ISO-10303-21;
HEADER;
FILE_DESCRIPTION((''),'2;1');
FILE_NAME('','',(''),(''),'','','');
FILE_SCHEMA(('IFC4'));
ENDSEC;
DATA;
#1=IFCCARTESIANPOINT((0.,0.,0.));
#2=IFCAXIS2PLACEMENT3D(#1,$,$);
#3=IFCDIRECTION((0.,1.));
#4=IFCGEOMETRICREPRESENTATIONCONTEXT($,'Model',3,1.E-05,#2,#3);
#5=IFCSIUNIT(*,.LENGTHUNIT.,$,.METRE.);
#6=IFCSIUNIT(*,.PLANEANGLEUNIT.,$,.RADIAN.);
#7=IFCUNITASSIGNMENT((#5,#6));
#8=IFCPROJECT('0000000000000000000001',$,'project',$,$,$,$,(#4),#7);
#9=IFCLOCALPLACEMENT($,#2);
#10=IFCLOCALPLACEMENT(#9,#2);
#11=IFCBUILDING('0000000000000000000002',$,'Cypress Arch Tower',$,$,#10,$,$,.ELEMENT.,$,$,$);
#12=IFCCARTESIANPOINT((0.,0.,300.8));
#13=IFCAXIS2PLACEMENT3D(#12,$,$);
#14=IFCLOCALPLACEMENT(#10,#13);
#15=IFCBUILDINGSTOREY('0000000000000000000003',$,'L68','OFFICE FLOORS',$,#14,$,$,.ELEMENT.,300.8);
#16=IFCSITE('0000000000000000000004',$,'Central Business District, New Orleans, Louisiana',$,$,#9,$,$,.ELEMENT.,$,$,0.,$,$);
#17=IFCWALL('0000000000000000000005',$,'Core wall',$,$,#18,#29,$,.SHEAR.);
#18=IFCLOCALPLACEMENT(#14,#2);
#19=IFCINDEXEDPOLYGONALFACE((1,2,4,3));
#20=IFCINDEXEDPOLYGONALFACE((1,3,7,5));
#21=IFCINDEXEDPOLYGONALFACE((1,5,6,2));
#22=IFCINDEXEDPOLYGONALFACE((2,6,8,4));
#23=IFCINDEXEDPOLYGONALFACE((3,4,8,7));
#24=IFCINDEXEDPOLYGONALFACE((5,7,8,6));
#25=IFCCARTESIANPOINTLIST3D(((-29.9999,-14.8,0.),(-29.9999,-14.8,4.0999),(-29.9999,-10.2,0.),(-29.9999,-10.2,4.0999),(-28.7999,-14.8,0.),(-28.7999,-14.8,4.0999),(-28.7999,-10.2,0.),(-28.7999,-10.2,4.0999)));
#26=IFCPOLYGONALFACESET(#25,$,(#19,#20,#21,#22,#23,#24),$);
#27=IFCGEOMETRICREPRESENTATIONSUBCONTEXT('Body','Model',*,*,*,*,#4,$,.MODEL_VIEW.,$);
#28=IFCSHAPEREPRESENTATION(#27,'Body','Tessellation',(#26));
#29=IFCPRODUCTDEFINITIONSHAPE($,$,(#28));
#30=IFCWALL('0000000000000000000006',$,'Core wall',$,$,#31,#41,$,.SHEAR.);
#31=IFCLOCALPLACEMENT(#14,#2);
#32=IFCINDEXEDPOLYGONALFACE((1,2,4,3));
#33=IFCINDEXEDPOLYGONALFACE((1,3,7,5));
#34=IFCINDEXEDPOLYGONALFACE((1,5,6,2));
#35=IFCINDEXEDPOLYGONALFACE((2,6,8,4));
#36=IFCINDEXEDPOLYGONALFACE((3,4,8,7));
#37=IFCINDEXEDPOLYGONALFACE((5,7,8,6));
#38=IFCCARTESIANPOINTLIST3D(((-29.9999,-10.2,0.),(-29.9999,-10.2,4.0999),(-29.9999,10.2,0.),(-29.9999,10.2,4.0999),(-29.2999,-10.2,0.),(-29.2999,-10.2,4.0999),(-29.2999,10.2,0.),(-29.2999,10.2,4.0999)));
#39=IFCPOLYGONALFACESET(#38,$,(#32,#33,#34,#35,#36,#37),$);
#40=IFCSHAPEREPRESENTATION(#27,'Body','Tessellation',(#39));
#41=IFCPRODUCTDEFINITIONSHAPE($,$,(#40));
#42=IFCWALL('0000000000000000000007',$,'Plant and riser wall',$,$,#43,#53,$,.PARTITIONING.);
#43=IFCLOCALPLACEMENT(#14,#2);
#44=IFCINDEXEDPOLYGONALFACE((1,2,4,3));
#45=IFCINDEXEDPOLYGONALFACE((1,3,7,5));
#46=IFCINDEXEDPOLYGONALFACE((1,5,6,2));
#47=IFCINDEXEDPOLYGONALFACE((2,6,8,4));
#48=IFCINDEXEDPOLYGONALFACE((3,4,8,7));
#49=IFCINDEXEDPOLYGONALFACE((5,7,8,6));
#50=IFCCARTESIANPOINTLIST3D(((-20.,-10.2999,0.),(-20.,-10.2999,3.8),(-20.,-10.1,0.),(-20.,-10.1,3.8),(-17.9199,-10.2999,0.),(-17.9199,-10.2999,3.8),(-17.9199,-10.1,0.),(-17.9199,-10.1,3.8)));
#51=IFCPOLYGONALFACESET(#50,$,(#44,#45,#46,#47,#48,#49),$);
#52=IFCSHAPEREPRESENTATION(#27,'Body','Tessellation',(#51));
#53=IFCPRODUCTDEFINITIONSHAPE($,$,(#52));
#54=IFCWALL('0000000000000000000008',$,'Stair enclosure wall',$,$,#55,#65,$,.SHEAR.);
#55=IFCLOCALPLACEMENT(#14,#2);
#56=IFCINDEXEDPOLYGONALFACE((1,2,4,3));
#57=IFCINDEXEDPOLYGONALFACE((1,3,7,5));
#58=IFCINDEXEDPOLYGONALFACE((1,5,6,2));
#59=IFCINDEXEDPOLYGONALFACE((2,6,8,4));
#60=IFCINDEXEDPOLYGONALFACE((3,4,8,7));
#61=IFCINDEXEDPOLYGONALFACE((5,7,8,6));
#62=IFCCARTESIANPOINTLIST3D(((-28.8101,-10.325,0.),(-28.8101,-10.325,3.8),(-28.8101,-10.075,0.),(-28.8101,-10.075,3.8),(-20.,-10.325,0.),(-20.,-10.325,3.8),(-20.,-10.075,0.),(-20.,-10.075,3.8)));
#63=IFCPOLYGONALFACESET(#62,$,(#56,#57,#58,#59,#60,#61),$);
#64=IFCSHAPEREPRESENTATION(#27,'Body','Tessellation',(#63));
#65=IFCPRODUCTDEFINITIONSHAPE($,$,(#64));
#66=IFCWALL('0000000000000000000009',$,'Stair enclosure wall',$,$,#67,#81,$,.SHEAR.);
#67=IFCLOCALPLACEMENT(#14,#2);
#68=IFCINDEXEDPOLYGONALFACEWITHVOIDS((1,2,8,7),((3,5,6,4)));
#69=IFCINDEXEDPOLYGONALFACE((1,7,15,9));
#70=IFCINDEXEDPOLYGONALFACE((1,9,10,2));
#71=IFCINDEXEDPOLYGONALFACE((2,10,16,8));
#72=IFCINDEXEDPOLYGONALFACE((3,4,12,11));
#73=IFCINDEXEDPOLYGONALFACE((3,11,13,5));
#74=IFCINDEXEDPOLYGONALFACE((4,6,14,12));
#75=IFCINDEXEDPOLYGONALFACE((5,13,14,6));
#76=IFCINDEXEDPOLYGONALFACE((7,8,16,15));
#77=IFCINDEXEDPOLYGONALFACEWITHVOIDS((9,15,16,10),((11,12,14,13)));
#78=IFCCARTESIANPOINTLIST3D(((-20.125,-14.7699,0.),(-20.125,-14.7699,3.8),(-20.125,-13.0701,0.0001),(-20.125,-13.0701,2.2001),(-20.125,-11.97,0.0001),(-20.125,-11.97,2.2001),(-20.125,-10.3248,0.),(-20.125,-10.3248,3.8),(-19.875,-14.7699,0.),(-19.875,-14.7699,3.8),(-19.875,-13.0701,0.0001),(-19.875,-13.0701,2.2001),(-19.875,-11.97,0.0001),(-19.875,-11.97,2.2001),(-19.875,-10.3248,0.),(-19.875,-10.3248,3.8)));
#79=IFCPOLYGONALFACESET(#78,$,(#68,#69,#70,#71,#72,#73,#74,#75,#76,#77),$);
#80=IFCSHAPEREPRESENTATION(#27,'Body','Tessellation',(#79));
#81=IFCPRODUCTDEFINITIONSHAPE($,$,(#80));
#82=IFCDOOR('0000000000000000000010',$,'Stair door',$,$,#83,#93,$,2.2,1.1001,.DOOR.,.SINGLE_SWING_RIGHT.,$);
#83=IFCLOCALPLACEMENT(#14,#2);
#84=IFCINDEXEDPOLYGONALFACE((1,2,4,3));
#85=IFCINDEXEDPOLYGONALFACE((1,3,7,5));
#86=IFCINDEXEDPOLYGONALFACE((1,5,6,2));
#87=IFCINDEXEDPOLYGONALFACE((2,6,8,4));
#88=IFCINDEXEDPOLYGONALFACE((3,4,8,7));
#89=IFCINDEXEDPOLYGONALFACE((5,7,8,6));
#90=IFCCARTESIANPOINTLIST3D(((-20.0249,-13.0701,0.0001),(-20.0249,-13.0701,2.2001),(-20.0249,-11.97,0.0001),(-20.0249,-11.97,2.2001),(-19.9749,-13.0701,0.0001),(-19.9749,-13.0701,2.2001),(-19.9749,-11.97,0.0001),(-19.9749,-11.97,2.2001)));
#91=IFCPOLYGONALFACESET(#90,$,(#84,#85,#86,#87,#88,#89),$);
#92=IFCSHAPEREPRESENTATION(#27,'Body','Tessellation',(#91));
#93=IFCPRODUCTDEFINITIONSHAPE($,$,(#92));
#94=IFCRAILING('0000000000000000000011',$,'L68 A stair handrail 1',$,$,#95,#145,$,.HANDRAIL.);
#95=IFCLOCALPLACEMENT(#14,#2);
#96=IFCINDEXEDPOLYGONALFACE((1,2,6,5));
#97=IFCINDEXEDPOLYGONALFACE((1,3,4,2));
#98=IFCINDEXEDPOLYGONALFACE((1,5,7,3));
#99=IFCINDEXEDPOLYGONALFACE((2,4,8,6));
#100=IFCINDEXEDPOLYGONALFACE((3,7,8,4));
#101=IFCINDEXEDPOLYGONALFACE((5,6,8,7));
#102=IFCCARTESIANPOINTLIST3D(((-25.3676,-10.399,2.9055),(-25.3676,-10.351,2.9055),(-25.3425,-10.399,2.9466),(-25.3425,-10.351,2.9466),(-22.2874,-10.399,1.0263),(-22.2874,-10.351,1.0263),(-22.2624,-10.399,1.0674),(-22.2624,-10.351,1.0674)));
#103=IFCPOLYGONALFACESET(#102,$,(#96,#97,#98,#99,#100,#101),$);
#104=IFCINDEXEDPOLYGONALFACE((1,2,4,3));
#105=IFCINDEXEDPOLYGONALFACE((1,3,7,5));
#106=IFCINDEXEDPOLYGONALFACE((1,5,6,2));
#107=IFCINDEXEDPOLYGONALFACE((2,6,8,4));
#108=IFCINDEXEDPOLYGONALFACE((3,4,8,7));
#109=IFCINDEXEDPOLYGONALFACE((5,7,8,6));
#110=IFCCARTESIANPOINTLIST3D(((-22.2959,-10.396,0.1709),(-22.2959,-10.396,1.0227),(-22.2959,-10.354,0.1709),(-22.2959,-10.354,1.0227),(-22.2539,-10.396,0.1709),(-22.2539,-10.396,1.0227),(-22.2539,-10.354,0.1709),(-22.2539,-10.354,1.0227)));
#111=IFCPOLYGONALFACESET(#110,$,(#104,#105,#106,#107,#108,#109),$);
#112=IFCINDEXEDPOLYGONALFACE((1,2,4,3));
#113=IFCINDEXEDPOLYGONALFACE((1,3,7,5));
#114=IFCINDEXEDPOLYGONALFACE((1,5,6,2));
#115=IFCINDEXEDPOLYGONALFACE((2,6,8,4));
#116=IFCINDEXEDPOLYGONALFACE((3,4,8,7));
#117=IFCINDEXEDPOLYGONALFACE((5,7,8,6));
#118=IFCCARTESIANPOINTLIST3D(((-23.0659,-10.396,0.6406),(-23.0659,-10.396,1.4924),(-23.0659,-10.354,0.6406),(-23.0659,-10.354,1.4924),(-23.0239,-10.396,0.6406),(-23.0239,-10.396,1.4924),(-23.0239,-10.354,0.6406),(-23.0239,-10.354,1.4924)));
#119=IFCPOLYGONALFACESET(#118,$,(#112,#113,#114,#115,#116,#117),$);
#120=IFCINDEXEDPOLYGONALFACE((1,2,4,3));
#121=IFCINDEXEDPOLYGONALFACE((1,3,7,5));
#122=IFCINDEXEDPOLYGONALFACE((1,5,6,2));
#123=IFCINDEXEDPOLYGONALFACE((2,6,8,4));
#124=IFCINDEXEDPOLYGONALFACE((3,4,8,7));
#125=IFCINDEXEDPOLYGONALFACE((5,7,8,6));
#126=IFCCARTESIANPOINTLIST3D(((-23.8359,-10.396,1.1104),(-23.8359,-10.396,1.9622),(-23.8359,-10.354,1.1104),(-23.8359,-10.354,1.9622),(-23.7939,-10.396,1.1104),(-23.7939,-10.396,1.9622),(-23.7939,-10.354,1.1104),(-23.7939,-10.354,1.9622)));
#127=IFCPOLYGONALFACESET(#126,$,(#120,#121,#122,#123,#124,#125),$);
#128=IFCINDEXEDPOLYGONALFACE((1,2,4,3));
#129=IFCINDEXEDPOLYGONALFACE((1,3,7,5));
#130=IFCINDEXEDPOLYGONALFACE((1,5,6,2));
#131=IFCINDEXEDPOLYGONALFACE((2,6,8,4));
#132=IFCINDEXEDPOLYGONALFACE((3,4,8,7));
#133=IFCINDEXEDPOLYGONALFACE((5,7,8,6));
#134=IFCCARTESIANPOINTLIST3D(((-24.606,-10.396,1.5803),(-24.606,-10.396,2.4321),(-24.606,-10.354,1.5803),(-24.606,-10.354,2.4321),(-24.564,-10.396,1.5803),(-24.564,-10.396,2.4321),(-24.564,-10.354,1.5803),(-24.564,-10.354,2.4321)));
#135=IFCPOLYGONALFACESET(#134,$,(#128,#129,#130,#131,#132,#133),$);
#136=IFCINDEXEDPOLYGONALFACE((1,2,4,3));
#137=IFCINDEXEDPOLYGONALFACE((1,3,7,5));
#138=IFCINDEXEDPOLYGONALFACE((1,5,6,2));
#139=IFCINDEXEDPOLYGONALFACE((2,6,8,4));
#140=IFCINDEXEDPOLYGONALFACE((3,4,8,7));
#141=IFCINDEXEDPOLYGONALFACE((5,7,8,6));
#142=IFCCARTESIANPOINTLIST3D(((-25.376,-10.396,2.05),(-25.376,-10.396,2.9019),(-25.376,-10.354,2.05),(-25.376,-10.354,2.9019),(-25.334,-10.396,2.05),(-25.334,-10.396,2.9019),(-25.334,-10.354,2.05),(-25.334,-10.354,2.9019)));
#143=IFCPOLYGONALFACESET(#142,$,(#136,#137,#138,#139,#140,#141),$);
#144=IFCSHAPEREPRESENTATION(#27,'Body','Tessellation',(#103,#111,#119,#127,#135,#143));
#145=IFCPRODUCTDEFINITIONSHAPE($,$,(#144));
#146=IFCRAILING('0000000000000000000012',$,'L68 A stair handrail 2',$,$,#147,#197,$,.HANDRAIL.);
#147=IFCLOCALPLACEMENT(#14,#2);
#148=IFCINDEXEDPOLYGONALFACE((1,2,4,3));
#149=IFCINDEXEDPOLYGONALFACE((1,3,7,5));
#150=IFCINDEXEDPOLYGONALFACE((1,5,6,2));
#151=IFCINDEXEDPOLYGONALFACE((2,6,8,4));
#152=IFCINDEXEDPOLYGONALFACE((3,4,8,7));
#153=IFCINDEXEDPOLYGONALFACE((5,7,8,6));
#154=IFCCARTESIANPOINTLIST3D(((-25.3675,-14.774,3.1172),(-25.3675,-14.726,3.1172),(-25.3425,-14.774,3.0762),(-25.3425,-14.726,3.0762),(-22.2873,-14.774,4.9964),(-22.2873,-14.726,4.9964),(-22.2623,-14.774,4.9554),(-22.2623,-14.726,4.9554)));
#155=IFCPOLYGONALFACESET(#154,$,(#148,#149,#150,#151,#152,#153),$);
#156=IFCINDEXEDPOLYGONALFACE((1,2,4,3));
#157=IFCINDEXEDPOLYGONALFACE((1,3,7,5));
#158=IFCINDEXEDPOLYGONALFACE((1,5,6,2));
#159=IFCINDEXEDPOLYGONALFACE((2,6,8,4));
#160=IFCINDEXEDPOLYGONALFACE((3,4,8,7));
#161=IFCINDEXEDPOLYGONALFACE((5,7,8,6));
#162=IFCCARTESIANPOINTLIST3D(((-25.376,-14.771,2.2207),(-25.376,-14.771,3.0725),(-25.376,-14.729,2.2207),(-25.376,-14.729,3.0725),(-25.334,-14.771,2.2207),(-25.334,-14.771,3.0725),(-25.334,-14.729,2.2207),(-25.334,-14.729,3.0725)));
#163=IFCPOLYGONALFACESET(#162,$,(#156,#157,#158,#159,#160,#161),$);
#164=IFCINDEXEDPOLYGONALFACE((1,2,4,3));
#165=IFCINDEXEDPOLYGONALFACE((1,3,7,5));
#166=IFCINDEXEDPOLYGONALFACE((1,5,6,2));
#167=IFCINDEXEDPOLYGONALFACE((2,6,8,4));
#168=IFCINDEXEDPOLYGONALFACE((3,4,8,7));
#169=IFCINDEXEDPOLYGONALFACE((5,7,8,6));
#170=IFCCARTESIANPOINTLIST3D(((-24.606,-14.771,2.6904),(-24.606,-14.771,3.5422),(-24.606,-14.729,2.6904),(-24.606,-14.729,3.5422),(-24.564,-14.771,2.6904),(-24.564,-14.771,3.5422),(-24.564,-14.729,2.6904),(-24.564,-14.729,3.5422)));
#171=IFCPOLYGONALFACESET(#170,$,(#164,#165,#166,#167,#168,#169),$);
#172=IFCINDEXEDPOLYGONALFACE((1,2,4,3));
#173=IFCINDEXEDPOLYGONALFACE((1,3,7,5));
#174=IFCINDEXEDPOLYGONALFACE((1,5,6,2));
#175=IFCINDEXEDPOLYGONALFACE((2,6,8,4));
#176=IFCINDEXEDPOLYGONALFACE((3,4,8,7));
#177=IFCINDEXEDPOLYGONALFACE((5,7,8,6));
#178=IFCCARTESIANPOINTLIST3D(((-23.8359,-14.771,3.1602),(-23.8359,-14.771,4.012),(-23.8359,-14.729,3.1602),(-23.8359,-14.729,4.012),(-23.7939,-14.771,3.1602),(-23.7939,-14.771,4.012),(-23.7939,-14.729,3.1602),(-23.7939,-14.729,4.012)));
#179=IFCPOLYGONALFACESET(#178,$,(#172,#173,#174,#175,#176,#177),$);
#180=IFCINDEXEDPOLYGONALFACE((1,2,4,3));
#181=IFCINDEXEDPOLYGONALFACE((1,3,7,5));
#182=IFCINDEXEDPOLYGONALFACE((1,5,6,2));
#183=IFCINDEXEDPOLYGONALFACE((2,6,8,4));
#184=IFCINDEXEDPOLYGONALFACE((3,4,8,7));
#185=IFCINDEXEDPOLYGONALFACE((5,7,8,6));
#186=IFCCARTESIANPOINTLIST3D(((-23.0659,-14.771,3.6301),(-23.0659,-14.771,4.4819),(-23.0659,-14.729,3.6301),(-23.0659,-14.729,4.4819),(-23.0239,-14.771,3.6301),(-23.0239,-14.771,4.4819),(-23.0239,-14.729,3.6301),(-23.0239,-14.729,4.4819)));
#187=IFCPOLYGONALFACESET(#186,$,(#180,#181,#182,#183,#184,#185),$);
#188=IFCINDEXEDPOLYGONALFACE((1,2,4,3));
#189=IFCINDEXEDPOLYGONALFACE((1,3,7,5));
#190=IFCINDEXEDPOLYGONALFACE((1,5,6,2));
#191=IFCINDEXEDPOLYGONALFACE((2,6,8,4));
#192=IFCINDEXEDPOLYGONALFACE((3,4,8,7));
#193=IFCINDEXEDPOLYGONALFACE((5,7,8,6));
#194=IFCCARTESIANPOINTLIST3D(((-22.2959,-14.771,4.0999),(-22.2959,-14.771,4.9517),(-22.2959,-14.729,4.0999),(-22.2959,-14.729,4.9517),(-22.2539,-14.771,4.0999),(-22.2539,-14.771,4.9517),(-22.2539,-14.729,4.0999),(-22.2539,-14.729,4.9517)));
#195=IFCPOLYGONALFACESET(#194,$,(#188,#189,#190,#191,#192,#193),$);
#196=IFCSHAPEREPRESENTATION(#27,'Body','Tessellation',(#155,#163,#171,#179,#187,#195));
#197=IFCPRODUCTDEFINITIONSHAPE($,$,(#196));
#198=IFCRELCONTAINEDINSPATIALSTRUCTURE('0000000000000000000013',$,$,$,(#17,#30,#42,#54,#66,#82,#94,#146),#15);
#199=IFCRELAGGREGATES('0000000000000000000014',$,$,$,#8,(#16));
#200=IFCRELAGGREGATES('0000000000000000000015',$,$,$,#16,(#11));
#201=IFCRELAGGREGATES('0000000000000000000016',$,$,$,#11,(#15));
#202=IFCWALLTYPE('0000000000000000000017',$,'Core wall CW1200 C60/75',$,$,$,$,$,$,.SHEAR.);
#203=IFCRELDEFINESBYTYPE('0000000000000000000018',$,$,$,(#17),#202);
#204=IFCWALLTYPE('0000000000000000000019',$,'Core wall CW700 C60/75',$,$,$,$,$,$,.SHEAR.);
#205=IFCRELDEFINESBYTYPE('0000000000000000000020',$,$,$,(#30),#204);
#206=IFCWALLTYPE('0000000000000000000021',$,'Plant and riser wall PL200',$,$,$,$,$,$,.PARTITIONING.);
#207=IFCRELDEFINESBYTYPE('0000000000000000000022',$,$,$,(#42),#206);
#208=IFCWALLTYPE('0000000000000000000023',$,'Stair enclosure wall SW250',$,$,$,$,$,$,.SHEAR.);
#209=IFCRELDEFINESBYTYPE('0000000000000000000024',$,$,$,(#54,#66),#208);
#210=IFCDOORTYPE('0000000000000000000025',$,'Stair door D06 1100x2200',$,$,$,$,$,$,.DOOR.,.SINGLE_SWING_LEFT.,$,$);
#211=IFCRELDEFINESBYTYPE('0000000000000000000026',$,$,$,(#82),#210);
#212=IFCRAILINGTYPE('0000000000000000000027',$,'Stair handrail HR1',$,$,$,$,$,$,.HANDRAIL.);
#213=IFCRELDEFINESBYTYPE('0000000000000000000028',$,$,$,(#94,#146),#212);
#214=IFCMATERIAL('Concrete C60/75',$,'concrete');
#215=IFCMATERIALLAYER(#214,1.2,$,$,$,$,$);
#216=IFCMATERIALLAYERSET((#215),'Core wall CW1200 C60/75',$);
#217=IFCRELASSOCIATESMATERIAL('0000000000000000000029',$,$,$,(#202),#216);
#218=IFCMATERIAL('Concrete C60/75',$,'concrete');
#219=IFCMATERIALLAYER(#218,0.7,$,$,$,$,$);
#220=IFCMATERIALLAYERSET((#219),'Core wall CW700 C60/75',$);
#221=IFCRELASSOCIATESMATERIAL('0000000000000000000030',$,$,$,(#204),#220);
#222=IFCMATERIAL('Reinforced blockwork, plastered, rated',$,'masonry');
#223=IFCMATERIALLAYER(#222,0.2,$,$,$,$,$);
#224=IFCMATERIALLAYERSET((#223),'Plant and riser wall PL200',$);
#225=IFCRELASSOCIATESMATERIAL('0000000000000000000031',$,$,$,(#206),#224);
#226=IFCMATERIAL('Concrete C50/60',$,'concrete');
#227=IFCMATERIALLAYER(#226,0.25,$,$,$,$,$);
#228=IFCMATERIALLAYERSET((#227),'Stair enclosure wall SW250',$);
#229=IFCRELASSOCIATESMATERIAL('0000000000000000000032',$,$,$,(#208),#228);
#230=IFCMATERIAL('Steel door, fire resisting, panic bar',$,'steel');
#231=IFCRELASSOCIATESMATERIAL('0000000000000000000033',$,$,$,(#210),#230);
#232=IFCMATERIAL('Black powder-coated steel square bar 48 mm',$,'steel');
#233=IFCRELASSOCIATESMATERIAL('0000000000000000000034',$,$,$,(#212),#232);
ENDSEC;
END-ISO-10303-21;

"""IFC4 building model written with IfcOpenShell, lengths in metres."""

from ifc_helpers import new_model, si_unit, direction, frame, frame_2d, origin, origin_2d, place, context, subcontext, project, spatial, rectangle, extrude, material, layer, layer_set, type_object, element, fill, save


model = new_model("IFC4")

# Units and contexts
model_context = context("Model", 3, precision=1e-05, world=origin(), true_north=direction((0.0, 1.0)))
body_context = subcontext(model_context, "Body", "Model", "MODEL_VIEW")
ifc_project = project(units=[si_unit("LENGTHUNIT", "METRE"), si_unit("PLANEANGLEUNIT", "RADIAN")], contexts=[model_context])

# Site, building, storey
site_placement = place(None, origin())
site = spatial("IfcSite", under=ifc_project, at=site_placement, Name="Central Business District, New Orleans, Louisiana", CompositionType="ELEMENT", RefElevation=0.0)
building_placement = place(site_placement, origin())
building = spatial("IfcBuilding", under=site, at=building_placement, Name="Cypress Arch Tower", CompositionType="ELEMENT")
storey_placement = place(building_placement, frame((0.0, 0.0, 300.8)))
storey = spatial("IfcBuildingStorey", under=building, at=storey_placement, Name="L68", Description="OFFICE FLOORS", CompositionType="ELEMENT", Elevation=300.8)

# Walls
ifc_material_1 = material(Name="Concrete C60/75", Category="concrete")
ifc_layer_1 = layer(ifc_material_1, 1.2)
ifc_layer_set_1 = layer_set([ifc_layer_1], Name="Core wall CW1200 C60/75")
wall_type_1 = type_object("IfcWallType", Name="Core wall CW1200 C60/75", PredefinedType="SHEAR", material=ifc_layer_set_1)
wall_1_placement = place(storey_placement, frame((-29.3999, -14.8, 0.0), z_axis=(0.0, 0.0, 1.0), x_axis=(0.0, 1.0, 0.0)))
element("IfcWall", 1, at=wall_1_placement, inside=storey, type_object=wall_type_1, Name="Core wall", PredefinedType="SHEAR", context=body_context, shape_type="SweptSolid", body=[
    extrude(rectangle(XDim=4.6001, YDim=1.2, at=frame_2d((2.3, 0.0))), origin(), (0.0, 0.0, 1.0), 4.0999),
])
ifc_material_2 = material(Name="Concrete C60/75", Category="concrete")
ifc_layer_2 = layer(ifc_material_2, 0.7)
ifc_layer_set_2 = layer_set([ifc_layer_2], Name="Core wall CW700 C60/75")
wall_type_2 = type_object("IfcWallType", Name="Core wall CW700 C60/75", PredefinedType="SHEAR", material=ifc_layer_set_2)
wall_2_placement = place(storey_placement, frame((-29.6499, -10.2, 0.0), z_axis=(0.0, 0.0, 1.0), x_axis=(0.0, 1.0, 0.0)))
element("IfcWall", 2, at=wall_2_placement, inside=storey, type_object=wall_type_2, Name="Core wall", PredefinedType="SHEAR", context=body_context, shape_type="SweptSolid", body=[
    extrude(rectangle(XDim=20.3999, YDim=0.7, at=frame_2d((10.2, 0.0))), origin(), (0.0, 0.0, 1.0), 4.0999),
])
ifc_material_3 = material(Name="Reinforced blockwork, plastered, rated", Category="masonry")
ifc_layer_3 = layer(ifc_material_3, 0.2)
ifc_layer_set_3 = layer_set([ifc_layer_3], Name="Plant and riser wall PL200")
wall_type_3 = type_object("IfcWallType", Name="Plant and riser wall PL200", PredefinedType="PARTITIONING", material=ifc_layer_set_3)
wall_3_placement = place(storey_placement, frame((-20.0, -10.2, 0.0), z_axis=(0.0, 0.0, 1.0), x_axis=(1.0, 0.0, 0.0)))
element("IfcWall", 3, at=wall_3_placement, inside=storey, type_object=wall_type_3, Name="Plant and riser wall", PredefinedType="PARTITIONING", context=body_context, shape_type="SweptSolid", body=[
    extrude(rectangle(XDim=2.0801, YDim=0.2, at=frame_2d((1.04, 0.0))), origin(), (0.0, 0.0, 1.0), 3.8),
])
ifc_material_4 = material(Name="Concrete C50/60", Category="concrete")
ifc_layer_4 = layer(ifc_material_4, 0.25)
ifc_layer_set_4 = layer_set([ifc_layer_4], Name="Stair enclosure wall SW250")
wall_type_4 = type_object("IfcWallType", Name="Stair enclosure wall SW250", PredefinedType="SHEAR", material=ifc_layer_set_4)
wall_4_placement = place(storey_placement, frame((-28.8101, -10.2, 0.0), z_axis=(0.0, 0.0, 1.0), x_axis=(1.0, 0.0, 0.0)))
element("IfcWall", 4, at=wall_4_placement, inside=storey, type_object=wall_type_4, Name="Stair enclosure wall", PredefinedType="SHEAR", context=body_context, shape_type="SweptSolid", body=[
    extrude(rectangle(XDim=8.8101, YDim=0.25, at=frame_2d((4.405, 0.0))), origin(), (0.0, 0.0, 1.0), 3.8),
])

# Wall, opening, door
wall_5_placement = place(storey_placement, frame((-20.0, -14.77, 0.0), z_axis=(0.0, 0.0, 1.0), x_axis=(0.0, 1.0, 0.0)))
wall_5 = element("IfcWall", 5, at=wall_5_placement, inside=storey, type_object=wall_type_4, Name="Stair enclosure wall", PredefinedType="SHEAR", context=body_context, shape_type="SweptSolid", body=[
    extrude(rectangle(XDim=4.4451, YDim=0.25, at=frame_2d((2.2227, 0.0))), origin(), (0.0, 0.0, 1.0), 3.8),
])
opening_1_placement = place(wall_5_placement, frame((1.7, 0.0, 0.0)))
opening_1 = element("IfcOpeningElement", 6, at=opening_1_placement, cuts=wall_5, PredefinedType="OPENING", context=body_context, shape_type="SweptSolid", body=[
    extrude(rectangle(XDim=1.1001, YDim=2.2, at=frame_2d((0.55, 1.1001))), frame((0.0, 0.135, 0.0), z_axis=(0.0, -1.0, 0.0), x_axis=(1.0, 0.0, 0.0)), (0.0, 0.0, 1.0), 0.27),
])
ifc_material_5 = material(Name="Steel door, fire resisting, panic bar", Category="steel")
door_type = type_object("IfcDoorType", Name="Stair door D06 1100x2200", OperationType="SINGLE_SWING_LEFT", PredefinedType="DOOR", material=ifc_material_5)
door_placement = place(opening_1_placement, origin())
door = element("IfcDoor", 7, at=door_placement, inside=storey, type_object=door_type, Name="Stair door", OperationType="SINGLE_SWING_RIGHT", OverallHeight=2.2, OverallWidth=1.1001, PredefinedType="DOOR", context=body_context, shape_type="SweptSolid", body=[
    extrude(rectangle(XDim=1.1001, YDim=2.2, at=frame_2d((0.55, 1.1001))), frame((0.0, 0.0249, 0.0), z_axis=(0.0, -1.0, 0.0), x_axis=(1.0, 0.0, 0.0)), (0.0, 0.0, 1.0), 0.05),
])
fill(opening_1, door)

# Railings
ifc_material_6 = material(Name="Black powder-coated steel square bar 48 mm", Category="steel")
railing_type_1 = type_object("IfcRailingType", Name="Stair handrail HR1", PredefinedType="HANDRAIL", material=ifc_material_6)
railing_1_placement = place(storey_placement, frame((-22.2749, -10.375, 0.1709)))
element("IfcRailing", 8, at=railing_1_placement, inside=storey, type_object=railing_type_1, Name="L68 A stair handrail 1", PredefinedType="HANDRAIL", context=body_context, shape_type="SweptSolid", body=[
    extrude(rectangle(XDim=0.0481, YDim=0.0481, at=origin_2d()), frame((0.0, 0.0, 0.876), z_axis=(-0.853666, 0.0, 0.52082), x_axis=(0.0, -1.0, 0.0)), (0.0, 0.0, 1.0), 3.6082),
    extrude(rectangle(XDim=0.042, YDim=0.042, at=origin_2d()), origin(), (0.0, 0.0, 1.0), 0.8518),
    extrude(rectangle(XDim=0.042, YDim=0.042, at=origin_2d()), frame((-0.77, 0.0, 0.4697)), (0.0, 0.0, 1.0), 0.8518),
    extrude(rectangle(XDim=0.042, YDim=0.042, at=origin_2d()), frame((-1.54, 0.0, 0.9395)), (0.0, 0.0, 1.0), 0.8518),
    extrude(rectangle(XDim=0.042, YDim=0.042, at=origin_2d()), frame((-2.3101, 0.0, 1.4094)), (0.0, 0.0, 1.0), 0.8518),
    extrude(rectangle(XDim=0.042, YDim=0.042, at=origin_2d()), frame((-3.0801, 0.0, 1.8792)), (0.0, 0.0, 1.0), 0.8518),
])
railing_2_placement = place(storey_placement, frame((-25.355, -14.75, 2.2207)))
element("IfcRailing", 9, at=railing_2_placement, inside=storey, type_object=railing_type_1, Name="L68 A stair handrail 2", PredefinedType="HANDRAIL", context=body_context, shape_type="SweptSolid", body=[
    extrude(rectangle(XDim=0.0481, YDim=0.0481, at=origin_2d()), frame((0.0, 0.0, 0.876), z_axis=(0.853666, 0.0, 0.52082), x_axis=(0.0, 1.0, 0.0)), (0.0, 0.0, 1.0), 3.6082),
    extrude(rectangle(XDim=0.042, YDim=0.042, at=origin_2d()), origin(), (0.0, 0.0, 1.0), 0.8518),
    extrude(rectangle(XDim=0.042, YDim=0.042, at=origin_2d()), frame((0.77, 0.0, 0.4697)), (0.0, 0.0, 1.0), 0.8518),
    extrude(rectangle(XDim=0.042, YDim=0.042, at=origin_2d()), frame((1.54, 0.0, 0.9395)), (0.0, 0.0, 1.0), 0.8518),
    extrude(rectangle(XDim=0.042, YDim=0.042, at=origin_2d()), frame((2.3101, 0.0, 1.4094)), (0.0, 0.0, 1.0), 0.8518),
    extrude(rectangle(XDim=0.042, YDim=0.042, at=origin_2d()), frame((3.0801, 0.0, 1.8792)), (0.0, 0.0, 1.0), 0.8518),
])

save(model, "model.ifc")
